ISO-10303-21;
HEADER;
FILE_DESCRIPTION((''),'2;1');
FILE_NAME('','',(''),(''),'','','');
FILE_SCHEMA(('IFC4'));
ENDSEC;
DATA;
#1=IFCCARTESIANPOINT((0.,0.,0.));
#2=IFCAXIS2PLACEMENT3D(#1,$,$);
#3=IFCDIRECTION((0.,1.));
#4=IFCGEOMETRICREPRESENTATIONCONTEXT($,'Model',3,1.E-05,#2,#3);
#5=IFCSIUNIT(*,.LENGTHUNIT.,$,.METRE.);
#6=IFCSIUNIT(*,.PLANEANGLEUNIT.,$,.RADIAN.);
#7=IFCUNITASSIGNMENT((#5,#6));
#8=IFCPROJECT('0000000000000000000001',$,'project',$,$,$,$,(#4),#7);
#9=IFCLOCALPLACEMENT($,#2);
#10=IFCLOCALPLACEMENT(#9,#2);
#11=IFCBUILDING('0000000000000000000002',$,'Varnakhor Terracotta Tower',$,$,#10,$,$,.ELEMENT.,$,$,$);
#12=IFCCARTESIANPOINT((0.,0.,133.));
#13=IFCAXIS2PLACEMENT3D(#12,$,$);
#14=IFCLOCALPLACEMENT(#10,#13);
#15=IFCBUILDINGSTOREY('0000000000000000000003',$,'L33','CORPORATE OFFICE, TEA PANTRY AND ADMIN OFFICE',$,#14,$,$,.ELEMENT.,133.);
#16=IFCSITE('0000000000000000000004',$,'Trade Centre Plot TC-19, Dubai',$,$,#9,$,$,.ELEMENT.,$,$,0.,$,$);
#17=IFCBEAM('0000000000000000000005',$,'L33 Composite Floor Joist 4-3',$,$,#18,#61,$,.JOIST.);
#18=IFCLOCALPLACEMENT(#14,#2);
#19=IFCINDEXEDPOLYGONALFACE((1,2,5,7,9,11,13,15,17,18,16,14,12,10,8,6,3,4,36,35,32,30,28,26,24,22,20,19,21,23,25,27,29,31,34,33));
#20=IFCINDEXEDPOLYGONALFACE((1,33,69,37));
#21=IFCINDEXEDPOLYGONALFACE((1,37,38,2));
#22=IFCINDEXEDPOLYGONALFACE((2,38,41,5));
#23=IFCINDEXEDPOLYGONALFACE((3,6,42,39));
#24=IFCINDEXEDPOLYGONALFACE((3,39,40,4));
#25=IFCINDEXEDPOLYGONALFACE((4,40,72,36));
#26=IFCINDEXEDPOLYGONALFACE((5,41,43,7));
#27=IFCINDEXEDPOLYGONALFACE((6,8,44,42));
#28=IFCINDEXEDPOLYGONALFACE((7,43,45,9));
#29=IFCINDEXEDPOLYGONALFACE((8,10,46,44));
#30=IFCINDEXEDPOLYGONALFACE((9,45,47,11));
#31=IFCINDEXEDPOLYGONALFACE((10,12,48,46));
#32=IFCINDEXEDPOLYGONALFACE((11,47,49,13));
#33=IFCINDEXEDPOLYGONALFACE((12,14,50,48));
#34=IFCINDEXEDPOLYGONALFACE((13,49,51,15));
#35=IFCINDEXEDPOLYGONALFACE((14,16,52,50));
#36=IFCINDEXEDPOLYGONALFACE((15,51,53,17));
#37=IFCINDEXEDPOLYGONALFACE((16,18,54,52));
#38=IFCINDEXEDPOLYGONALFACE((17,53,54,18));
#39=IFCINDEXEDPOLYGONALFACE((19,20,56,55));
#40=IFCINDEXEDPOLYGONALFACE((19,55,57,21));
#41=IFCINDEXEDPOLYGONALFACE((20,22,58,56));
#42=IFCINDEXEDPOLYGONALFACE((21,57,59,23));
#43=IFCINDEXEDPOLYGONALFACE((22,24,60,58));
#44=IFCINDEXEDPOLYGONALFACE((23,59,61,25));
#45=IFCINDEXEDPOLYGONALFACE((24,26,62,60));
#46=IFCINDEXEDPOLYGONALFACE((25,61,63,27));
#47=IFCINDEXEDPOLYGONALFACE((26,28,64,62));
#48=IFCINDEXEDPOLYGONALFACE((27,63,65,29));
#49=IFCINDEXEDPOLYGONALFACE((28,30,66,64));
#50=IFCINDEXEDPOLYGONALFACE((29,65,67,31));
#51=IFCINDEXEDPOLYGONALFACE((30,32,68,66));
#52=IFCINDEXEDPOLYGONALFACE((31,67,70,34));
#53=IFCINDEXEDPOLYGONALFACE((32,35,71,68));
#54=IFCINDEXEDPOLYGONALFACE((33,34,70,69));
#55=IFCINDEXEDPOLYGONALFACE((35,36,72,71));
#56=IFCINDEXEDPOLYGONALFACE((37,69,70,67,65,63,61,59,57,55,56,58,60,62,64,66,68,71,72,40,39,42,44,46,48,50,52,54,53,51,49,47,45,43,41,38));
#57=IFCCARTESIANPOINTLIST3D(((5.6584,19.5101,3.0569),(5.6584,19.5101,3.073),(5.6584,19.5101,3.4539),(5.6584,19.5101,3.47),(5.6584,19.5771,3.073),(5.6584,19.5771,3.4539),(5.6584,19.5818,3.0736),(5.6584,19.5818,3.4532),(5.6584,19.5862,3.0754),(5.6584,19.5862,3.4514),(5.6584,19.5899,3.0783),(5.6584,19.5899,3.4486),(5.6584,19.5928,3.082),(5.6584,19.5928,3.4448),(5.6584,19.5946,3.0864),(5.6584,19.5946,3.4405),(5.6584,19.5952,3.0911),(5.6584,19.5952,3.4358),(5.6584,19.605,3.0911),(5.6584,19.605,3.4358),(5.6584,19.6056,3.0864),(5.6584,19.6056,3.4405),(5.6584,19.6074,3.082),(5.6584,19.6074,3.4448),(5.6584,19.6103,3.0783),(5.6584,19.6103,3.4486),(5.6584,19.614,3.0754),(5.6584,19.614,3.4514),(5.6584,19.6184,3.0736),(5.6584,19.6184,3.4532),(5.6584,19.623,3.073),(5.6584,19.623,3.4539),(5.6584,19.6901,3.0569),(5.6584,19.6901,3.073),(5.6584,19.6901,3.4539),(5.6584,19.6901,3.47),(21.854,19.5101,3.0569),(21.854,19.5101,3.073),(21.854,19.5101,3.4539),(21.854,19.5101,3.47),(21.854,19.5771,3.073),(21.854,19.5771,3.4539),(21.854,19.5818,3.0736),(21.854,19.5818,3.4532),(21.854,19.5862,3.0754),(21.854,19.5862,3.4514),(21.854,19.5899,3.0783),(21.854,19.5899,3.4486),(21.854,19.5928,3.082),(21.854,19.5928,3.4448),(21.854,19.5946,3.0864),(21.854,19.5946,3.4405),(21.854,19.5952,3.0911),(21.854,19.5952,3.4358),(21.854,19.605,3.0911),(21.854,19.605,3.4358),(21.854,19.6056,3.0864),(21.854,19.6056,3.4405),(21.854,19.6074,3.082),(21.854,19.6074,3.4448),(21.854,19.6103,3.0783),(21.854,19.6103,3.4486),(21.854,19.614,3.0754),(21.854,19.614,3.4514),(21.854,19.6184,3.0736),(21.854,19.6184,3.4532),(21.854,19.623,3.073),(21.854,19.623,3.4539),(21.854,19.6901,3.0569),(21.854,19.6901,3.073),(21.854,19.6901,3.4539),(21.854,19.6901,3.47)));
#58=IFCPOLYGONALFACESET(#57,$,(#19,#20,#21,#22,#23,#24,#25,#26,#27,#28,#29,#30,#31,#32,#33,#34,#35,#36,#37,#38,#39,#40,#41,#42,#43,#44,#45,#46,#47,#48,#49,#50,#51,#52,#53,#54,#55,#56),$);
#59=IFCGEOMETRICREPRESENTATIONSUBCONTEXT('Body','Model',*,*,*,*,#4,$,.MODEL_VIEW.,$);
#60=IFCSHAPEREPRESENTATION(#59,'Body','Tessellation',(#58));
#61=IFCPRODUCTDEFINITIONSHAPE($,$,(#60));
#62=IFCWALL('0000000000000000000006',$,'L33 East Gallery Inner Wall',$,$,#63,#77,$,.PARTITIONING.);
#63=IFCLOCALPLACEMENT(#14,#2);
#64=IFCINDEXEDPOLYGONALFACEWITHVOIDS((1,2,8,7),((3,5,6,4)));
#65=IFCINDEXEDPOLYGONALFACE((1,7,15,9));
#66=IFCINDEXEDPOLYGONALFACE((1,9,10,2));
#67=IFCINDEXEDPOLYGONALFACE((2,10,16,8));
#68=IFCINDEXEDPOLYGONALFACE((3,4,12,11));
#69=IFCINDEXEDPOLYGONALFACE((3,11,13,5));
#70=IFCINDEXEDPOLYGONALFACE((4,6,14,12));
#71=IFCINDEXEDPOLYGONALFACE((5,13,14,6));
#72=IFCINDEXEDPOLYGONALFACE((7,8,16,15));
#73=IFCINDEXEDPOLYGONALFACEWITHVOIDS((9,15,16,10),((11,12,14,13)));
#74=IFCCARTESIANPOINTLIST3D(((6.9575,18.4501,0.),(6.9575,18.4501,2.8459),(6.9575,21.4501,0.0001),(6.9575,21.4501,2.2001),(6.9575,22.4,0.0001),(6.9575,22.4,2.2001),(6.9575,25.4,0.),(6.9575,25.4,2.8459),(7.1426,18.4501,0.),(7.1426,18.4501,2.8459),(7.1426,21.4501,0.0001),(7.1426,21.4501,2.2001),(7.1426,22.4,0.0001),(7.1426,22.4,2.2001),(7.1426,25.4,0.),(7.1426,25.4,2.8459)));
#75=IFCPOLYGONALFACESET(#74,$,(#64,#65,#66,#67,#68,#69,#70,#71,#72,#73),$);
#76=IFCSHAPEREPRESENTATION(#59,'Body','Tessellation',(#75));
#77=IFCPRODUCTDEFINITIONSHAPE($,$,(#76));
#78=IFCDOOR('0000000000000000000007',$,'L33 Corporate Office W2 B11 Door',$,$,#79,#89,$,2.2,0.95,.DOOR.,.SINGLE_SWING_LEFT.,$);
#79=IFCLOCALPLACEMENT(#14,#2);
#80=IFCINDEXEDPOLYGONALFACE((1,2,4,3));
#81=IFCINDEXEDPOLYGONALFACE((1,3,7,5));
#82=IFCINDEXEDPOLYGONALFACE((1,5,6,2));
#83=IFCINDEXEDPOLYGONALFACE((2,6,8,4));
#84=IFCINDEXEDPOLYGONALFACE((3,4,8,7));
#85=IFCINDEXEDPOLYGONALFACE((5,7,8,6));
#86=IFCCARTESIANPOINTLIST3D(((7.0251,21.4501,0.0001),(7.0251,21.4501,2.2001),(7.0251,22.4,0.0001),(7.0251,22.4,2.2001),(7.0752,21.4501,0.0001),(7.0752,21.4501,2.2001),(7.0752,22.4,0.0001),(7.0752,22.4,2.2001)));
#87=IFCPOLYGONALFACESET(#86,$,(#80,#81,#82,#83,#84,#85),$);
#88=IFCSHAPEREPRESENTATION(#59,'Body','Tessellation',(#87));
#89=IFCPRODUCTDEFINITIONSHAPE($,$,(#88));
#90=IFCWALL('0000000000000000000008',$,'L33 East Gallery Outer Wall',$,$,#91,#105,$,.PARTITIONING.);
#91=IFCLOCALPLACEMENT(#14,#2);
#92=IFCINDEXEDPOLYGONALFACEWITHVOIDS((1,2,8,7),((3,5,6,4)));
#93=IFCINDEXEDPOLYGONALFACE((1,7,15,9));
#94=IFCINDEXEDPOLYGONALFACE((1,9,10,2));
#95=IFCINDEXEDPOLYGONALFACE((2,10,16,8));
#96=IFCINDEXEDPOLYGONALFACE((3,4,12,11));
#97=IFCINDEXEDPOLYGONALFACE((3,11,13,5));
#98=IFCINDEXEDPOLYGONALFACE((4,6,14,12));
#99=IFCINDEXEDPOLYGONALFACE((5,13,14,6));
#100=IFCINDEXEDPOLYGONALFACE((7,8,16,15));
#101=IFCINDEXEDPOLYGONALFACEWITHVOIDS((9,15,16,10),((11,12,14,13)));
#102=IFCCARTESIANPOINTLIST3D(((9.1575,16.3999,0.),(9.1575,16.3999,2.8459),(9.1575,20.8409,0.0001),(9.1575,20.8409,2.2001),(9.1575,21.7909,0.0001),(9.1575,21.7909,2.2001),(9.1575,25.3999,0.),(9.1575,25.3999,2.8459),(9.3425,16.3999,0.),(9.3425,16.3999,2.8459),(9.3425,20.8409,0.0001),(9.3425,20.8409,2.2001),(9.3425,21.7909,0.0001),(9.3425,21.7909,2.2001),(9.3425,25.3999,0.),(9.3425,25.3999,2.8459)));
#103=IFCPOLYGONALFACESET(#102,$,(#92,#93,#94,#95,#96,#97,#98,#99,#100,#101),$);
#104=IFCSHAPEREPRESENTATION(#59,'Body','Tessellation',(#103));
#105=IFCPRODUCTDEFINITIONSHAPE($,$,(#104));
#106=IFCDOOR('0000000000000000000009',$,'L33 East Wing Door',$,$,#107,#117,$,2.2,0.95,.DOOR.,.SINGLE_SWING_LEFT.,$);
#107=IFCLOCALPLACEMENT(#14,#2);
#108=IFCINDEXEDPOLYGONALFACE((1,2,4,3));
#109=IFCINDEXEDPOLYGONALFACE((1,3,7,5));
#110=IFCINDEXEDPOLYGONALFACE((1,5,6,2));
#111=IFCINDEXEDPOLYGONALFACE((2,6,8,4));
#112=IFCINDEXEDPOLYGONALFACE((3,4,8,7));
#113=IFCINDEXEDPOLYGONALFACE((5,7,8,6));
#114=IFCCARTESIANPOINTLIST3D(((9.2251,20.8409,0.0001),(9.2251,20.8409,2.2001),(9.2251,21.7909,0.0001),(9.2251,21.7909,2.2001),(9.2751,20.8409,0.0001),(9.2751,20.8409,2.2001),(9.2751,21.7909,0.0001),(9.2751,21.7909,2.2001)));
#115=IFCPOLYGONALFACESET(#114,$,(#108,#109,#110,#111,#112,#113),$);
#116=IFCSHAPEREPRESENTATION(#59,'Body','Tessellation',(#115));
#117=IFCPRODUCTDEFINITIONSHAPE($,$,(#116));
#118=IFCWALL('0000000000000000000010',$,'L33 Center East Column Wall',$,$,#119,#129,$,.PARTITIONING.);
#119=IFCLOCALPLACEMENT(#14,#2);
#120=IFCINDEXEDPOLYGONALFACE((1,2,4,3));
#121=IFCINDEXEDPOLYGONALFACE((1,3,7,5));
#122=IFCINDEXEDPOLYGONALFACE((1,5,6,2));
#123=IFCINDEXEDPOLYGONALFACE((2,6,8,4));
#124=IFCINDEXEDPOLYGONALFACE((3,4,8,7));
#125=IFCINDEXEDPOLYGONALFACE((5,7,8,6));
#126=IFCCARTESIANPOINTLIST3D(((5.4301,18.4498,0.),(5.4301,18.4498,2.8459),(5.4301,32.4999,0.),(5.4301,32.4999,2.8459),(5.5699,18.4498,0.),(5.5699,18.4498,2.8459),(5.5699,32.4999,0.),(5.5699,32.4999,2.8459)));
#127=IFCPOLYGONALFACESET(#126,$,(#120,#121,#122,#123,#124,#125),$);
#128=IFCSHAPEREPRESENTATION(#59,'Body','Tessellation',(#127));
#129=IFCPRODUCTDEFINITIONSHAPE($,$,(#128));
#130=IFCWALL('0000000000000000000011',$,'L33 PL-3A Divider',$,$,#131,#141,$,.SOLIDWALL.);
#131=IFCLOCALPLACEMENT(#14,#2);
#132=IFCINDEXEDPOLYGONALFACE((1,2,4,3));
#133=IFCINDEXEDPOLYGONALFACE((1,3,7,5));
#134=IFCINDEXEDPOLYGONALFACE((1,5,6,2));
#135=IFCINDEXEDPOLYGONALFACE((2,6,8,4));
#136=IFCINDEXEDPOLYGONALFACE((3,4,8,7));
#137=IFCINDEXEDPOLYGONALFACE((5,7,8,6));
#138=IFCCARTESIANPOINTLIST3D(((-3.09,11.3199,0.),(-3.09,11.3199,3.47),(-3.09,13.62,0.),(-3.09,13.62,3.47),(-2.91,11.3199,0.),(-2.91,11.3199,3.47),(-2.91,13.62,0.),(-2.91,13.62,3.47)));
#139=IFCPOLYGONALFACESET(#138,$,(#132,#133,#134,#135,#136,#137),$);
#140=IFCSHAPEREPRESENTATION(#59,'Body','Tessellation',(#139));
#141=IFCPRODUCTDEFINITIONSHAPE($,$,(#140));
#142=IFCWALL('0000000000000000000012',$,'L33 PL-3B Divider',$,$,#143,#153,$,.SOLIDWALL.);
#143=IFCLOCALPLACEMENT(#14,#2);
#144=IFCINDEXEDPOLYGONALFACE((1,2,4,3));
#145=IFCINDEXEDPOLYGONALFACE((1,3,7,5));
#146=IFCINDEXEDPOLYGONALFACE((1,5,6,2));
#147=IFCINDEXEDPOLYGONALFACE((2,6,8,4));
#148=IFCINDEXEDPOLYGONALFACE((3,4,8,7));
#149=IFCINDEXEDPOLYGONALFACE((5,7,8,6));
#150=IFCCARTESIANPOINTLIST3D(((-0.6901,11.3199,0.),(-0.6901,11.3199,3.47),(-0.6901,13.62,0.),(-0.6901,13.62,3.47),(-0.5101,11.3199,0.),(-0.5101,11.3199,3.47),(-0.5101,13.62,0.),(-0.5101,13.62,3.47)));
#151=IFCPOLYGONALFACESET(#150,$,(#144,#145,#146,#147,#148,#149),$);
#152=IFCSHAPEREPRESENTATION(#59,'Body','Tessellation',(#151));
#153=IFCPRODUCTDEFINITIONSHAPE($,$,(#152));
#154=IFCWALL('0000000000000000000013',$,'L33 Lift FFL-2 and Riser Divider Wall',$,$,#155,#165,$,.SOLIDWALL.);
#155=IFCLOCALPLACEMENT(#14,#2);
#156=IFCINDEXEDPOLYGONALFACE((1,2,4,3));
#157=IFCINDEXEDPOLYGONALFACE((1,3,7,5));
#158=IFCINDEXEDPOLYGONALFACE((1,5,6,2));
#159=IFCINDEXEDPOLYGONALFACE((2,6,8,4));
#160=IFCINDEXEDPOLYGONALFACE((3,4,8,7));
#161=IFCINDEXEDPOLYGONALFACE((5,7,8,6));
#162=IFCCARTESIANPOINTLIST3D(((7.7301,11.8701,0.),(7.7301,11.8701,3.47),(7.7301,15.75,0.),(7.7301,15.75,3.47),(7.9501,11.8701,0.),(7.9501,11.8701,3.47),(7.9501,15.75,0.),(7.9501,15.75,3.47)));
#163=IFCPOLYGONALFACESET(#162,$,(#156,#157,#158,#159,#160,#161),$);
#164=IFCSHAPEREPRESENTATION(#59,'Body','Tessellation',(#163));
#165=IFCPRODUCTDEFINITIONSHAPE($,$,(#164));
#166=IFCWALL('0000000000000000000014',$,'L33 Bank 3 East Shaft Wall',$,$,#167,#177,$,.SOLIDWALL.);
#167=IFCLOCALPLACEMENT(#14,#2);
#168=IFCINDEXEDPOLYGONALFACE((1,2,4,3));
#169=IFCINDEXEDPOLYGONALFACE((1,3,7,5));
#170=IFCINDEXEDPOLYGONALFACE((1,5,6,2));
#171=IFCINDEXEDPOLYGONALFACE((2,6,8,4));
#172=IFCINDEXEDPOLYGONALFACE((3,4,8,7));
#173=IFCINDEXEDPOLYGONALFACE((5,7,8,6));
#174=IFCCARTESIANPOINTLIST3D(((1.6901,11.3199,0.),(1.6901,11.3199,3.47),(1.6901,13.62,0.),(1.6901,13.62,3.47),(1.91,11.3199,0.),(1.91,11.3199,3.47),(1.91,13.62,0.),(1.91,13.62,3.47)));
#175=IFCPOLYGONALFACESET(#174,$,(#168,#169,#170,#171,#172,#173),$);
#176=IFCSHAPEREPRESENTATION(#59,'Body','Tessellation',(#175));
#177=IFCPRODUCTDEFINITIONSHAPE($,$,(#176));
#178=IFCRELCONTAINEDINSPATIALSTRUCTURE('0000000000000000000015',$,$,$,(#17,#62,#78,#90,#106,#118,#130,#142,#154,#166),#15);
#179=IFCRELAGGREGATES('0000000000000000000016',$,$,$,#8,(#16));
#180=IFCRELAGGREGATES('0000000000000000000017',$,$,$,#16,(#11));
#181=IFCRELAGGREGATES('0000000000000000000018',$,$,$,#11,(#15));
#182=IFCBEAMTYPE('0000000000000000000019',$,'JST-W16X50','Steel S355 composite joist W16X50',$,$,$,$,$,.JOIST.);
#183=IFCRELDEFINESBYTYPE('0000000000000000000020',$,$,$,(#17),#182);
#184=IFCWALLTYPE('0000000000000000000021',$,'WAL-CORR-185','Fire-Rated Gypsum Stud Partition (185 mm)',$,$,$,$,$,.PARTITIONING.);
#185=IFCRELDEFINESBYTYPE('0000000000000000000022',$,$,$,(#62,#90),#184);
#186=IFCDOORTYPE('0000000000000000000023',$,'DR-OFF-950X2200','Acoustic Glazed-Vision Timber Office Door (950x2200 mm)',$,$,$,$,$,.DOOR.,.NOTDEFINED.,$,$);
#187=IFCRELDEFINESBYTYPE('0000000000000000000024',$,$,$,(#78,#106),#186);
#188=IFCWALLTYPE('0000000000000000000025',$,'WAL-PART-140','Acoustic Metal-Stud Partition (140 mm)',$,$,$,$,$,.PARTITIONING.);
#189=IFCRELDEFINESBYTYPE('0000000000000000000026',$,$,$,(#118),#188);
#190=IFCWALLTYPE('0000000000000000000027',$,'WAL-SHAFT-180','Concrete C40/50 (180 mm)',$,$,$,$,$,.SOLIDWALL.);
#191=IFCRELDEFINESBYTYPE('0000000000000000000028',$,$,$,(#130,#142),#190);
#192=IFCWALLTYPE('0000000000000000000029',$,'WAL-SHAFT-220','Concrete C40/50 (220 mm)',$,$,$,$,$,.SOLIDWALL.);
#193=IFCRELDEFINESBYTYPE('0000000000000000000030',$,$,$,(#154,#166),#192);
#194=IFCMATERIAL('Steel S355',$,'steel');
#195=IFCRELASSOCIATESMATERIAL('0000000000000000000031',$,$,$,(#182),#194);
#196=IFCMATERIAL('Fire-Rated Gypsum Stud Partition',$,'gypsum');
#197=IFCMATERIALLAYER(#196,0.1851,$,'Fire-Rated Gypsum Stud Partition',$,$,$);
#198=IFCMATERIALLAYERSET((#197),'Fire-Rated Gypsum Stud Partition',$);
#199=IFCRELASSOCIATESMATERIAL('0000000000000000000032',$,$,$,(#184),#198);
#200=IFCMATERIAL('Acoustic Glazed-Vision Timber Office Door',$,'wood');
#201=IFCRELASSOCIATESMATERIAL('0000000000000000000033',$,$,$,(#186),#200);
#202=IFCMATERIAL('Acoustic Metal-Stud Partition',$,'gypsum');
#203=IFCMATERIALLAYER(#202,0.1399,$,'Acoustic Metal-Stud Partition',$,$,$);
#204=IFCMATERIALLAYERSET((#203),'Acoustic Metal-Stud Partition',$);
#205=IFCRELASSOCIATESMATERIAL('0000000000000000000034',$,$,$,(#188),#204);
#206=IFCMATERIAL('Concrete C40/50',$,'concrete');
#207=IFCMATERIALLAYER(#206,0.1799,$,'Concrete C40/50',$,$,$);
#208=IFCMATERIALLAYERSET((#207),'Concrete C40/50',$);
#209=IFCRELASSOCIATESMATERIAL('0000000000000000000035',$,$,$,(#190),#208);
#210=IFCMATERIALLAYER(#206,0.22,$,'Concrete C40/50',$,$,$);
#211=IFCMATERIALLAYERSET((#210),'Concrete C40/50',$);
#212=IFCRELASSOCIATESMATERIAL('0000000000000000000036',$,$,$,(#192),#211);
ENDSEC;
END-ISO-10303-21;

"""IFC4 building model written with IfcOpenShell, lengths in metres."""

from ifc_helpers import new_model, si_unit, direction, frame, frame_2d, origin, origin_2d, place, context, subcontext, project, spatial, rectangle, i_section, extrude, source, transform, mapped, material, layer, layer_set, material_profile, profile_set, type_object, type_shapes, element, fill, save


model = new_model("IFC4")

# Units and contexts
model_context = context("Model", 3, precision=1e-05, world=origin(), true_north=direction((0.0, 1.0)))
body_context = subcontext(model_context, "Body", "Model", "MODEL_VIEW")
ifc_project = project(units=[si_unit("LENGTHUNIT", "METRE"), si_unit("PLANEANGLEUNIT", "RADIAN")], contexts=[model_context])

# Site, building, storey
site_placement = place(None, origin())
site = spatial("IfcSite", under=ifc_project, at=site_placement, Name="Trade Centre Plot TC-19, Dubai", CompositionType="ELEMENT", RefElevation=0.0)
building_placement = place(site_placement, origin())
building = spatial("IfcBuilding", under=site, at=building_placement, Name="Varnakhor Terracotta Tower", CompositionType="ELEMENT")
storey_placement = place(building_placement, frame((0.0, 0.0, 133.0)))
storey = spatial("IfcBuildingStorey", under=building, at=storey_placement, Name="L33", Description="CORPORATE OFFICE, TEA PANTRY AND ADMIN OFFICE", CompositionType="ELEMENT", Elevation=133.0)

# Beam
ifc_material_1 = material(Name="Steel S355", Category="steel")
ifc_material_profile_1 = material_profile(ifc_material_1, i_section(OverallWidth=0.1799, OverallDepth=0.4131, WebThickness=0.0098, FlangeThickness=0.0161, FilletRadius=0.0181, at=origin_2d()), Name="W16X50")
ifc_profile_set_1 = profile_set([ifc_material_profile_1], Name="Steel S355")
beam_type_1 = type_object("IfcBeamType", Name="JST-W16X50", Description="Steel S355 composite joist W16X50", PredefinedType="JOIST", material=ifc_profile_set_1)
shared_shape_1 = source(origin(), body_context, "Body", "SweptSolid", [
    extrude(i_section(OverallWidth=0.1799, OverallDepth=0.4131, WebThickness=0.0098, FlangeThickness=0.0161, FilletRadius=0.0181, at=origin_2d()), origin(), (0.0, 0.0, 1.0), 16.1956),
])
beam_1_placement = place(storey_placement, frame((5.6584, 19.6001, 3.2634), z_axis=(1.0, 0.0, 0.0), x_axis=(0.0, 1.0, 0.0)))
element("IfcBeam", 1, at=beam_1_placement, inside=storey, type_object=beam_type_1, Name="L33 Composite Floor Joist 4-3", PredefinedType="JOIST", context=body_context, shape_type="MappedRepresentation", body=[
    mapped(shared_shape_1, transform((0.0, 0.0, 0.0), scale=1.0)),
])

# Walls, openings, doors
ifc_material_2 = material(Name="Fire-Rated Gypsum Stud Partition", Category="gypsum")
ifc_layer_1 = layer(ifc_material_2, 0.1851, Name="Fire-Rated Gypsum Stud Partition")
ifc_layer_set_1 = layer_set([ifc_layer_1], Name="Fire-Rated Gypsum Stud Partition")
wall_type_1 = type_object("IfcWallType", Name="WAL-CORR-185", Description="Fire-Rated Gypsum Stud Partition (185 mm)", PredefinedType="PARTITIONING", material=ifc_layer_set_1)
wall_1_placement = place(storey_placement, frame((7.05, 18.45, 0.0), z_axis=(0.0, 0.0, 1.0), x_axis=(0.0, 1.0, 0.0)))
wall_1 = element("IfcWall", 2, at=wall_1_placement, inside=storey, type_object=wall_type_1, Name="L33 East Gallery Inner Wall", PredefinedType="PARTITIONING", context=body_context, shape_type="SweptSolid", body=[
    extrude(rectangle(XDim=6.95, YDim=0.1851, at=frame_2d((3.4751, 0.0))), origin(), (0.0, 0.0, 1.0), 2.8459),
])
opening_1_placement = place(wall_1_placement, frame((3.0, 0.0, 0.0)))
opening_1 = element("IfcOpeningElement", 3, at=opening_1_placement, cuts=wall_1, PredefinedType="OPENING", context=body_context, shape_type="SweptSolid", body=[
    extrude(rectangle(XDim=0.95, YDim=2.2, at=frame_2d((0.4751, 1.1001))), frame((0.0, 0.1025, 0.0), z_axis=(0.0, -1.0, 0.0), x_axis=(1.0, 0.0, 0.0)), (0.0, 0.0, 1.0), 0.2051),
])
ifc_material_3 = material(Name="Acoustic Glazed-Vision Timber Office Door", Category="wood")
door_type_1 = type_object("IfcDoorType", Name="DR-OFF-950X2200", Description="Acoustic Glazed-Vision Timber Office Door (950x2200 mm)", OperationType="NOTDEFINED", PredefinedType="DOOR", material=ifc_material_3)
shared_shape_2 = source(origin(), body_context, "Body", "SweptSolid", [
    extrude(rectangle(XDim=0.95, YDim=2.2, at=frame_2d((0.4751, 1.1001))), frame((0.0, 0.0249, 0.0), z_axis=(0.0, -1.0, 0.0), x_axis=(1.0, 0.0, 0.0)), (0.0, 0.0, 1.0), 0.05),
])
type_shapes(door_type_1, [shared_shape_2])
door_1_placement = place(opening_1_placement, origin())
door_1 = element("IfcDoor", 4, at=door_1_placement, inside=storey, type_object=door_type_1, Name="L33 Corporate Office W2 B11 Door", OperationType="SINGLE_SWING_LEFT", OverallHeight=2.2, OverallWidth=0.95, PredefinedType="DOOR", context=body_context, shape_type="MappedRepresentation", body=[
    mapped(shared_shape_2, transform((0.0, 0.0, 0.0), scale=1.0)),
])
fill(opening_1, door_1)
wall_2_placement = place(storey_placement, frame((9.25, 16.3999, 0.0), z_axis=(0.0, 0.0, 1.0), x_axis=(0.0, 1.0, 0.0)))
wall_2 = element("IfcWall", 5, at=wall_2_placement, inside=storey, type_object=wall_type_1, Name="L33 East Gallery Outer Wall", PredefinedType="PARTITIONING", context=body_context, shape_type="SweptSolid", body=[
    extrude(rectangle(XDim=9.0, YDim=0.1851, at=frame_2d((4.5, 0.0))), origin(), (0.0, 0.0, 1.0), 2.8459),
])
opening_2_placement = place(wall_2_placement, frame((4.4409, 0.0, 0.0)))
opening_2 = element("IfcOpeningElement", 6, at=opening_2_placement, cuts=wall_2, PredefinedType="OPENING", context=body_context, shape_type="SweptSolid", body=[
    extrude(rectangle(XDim=0.95, YDim=2.2, at=frame_2d((0.4751, 1.1001))), frame((0.0, 0.1025, 0.0), z_axis=(0.0, -1.0, 0.0), x_axis=(1.0, 0.0, 0.0)), (0.0, 0.0, 1.0), 0.2051),
])
door_2_placement = place(opening_2_placement, origin())
door_2 = element("IfcDoor", 7, at=door_2_placement, inside=storey, type_object=door_type_1, Name="L33 East Wing Door", OperationType="SINGLE_SWING_LEFT", OverallHeight=2.2, OverallWidth=0.95, PredefinedType="DOOR", context=body_context, shape_type="MappedRepresentation", body=[
    mapped(shared_shape_2, transform((0.0, 0.0, 0.0), scale=1.0)),
])
fill(opening_2, door_2)

# Walls
ifc_material_4 = material(Name="Acoustic Metal-Stud Partition", Category="gypsum")
ifc_layer_2 = layer(ifc_material_4, 0.1399, Name="Acoustic Metal-Stud Partition")
ifc_layer_set_2 = layer_set([ifc_layer_2], Name="Acoustic Metal-Stud Partition")
wall_type_2 = type_object("IfcWallType", Name="WAL-PART-140", Description="Acoustic Metal-Stud Partition (140 mm)", PredefinedType="PARTITIONING", material=ifc_layer_set_2)
wall_3_placement = place(storey_placement, frame((5.5, 18.45, 0.0), z_axis=(0.0, 0.0, 1.0), x_axis=(0.0, 1.0, 0.0)))
element("IfcWall", 8, at=wall_3_placement, inside=storey, type_object=wall_type_2, Name="L33 Center East Column Wall", PredefinedType="PARTITIONING", context=body_context, shape_type="SweptSolid", body=[
    extrude(rectangle(XDim=14.05, YDim=0.1399, at=frame_2d((7.0249, 0.0))), origin(), (0.0, 0.0, 1.0), 2.8459),
])
ifc_material_5 = material(Name="Concrete C40/50", Category="concrete")
ifc_layer_3 = layer(ifc_material_5, 0.1799, Name="Concrete C40/50")
ifc_layer_set_3 = layer_set([ifc_layer_3], Name="Concrete C40/50")
wall_type_3 = type_object("IfcWallType", Name="WAL-SHAFT-180", Description="Concrete C40/50 (180 mm)", PredefinedType="SOLIDWALL", material=ifc_layer_set_3)
for number, where, z_axis, x_axis, name in (
    (9, (-3.0, 11.3201, 0.0), (0.0, 0.0, 1.0), (0.0, 1.0, 0.0), "L33 PL-3A Divider"),
    (10, (-0.6001, 11.3201, 0.0), (0.0, 0.0, 1.0), (0.0, 1.0, 0.0), "L33 PL-3B Divider"),
):
    element("IfcWall", number, at=place(storey_placement, frame(where, z_axis=z_axis, x_axis=x_axis)), inside=storey, type_object=wall_type_3, Name=name, PredefinedType="SOLIDWALL", context=body_context, shape_type="SweptSolid", body=[
        extrude(rectangle(XDim=2.3, YDim=0.1799, at=frame_2d((1.1499, 0.0))), origin(), (0.0, 0.0, 1.0), 3.47),
    ])
ifc_layer_4 = layer(ifc_material_5, 0.22, Name="Concrete C40/50")
ifc_layer_set_4 = layer_set([ifc_layer_4], Name="Concrete C40/50")
wall_type_4 = type_object("IfcWallType", Name="WAL-SHAFT-220", Description="Concrete C40/50 (220 mm)", PredefinedType="SOLIDWALL", material=ifc_layer_set_4)
wall_4_placement = place(storey_placement, frame((7.8401, 11.8701, 0.0), z_axis=(0.0, 0.0, 1.0), x_axis=(0.0, 1.0, 0.0)))
element("IfcWall", 11, at=wall_4_placement, inside=storey, type_object=wall_type_4, Name="L33 Lift FFL-2 and Riser Divider Wall", PredefinedType="SOLIDWALL", context=body_context, shape_type="SweptSolid", body=[
    extrude(rectangle(XDim=3.8799, YDim=0.22, at=frame_2d((1.9399, 0.0))), origin(), (0.0, 0.0, 1.0), 3.47),
])
wall_5_placement = place(storey_placement, frame((1.8, 11.3201, 0.0), z_axis=(0.0, 0.0, 1.0), x_axis=(0.0, 1.0, 0.0)))
element("IfcWall", 12, at=wall_5_placement, inside=storey, type_object=wall_type_4, Name="L33 Bank 3 East Shaft Wall", PredefinedType="SOLIDWALL", context=body_context, shape_type="SweptSolid", body=[
    extrude(rectangle(XDim=2.3, YDim=0.22, at=frame_2d((1.1499, 0.0))), origin(), (0.0, 0.0, 1.0), 3.47),
])

save(model, "model.ifc")
